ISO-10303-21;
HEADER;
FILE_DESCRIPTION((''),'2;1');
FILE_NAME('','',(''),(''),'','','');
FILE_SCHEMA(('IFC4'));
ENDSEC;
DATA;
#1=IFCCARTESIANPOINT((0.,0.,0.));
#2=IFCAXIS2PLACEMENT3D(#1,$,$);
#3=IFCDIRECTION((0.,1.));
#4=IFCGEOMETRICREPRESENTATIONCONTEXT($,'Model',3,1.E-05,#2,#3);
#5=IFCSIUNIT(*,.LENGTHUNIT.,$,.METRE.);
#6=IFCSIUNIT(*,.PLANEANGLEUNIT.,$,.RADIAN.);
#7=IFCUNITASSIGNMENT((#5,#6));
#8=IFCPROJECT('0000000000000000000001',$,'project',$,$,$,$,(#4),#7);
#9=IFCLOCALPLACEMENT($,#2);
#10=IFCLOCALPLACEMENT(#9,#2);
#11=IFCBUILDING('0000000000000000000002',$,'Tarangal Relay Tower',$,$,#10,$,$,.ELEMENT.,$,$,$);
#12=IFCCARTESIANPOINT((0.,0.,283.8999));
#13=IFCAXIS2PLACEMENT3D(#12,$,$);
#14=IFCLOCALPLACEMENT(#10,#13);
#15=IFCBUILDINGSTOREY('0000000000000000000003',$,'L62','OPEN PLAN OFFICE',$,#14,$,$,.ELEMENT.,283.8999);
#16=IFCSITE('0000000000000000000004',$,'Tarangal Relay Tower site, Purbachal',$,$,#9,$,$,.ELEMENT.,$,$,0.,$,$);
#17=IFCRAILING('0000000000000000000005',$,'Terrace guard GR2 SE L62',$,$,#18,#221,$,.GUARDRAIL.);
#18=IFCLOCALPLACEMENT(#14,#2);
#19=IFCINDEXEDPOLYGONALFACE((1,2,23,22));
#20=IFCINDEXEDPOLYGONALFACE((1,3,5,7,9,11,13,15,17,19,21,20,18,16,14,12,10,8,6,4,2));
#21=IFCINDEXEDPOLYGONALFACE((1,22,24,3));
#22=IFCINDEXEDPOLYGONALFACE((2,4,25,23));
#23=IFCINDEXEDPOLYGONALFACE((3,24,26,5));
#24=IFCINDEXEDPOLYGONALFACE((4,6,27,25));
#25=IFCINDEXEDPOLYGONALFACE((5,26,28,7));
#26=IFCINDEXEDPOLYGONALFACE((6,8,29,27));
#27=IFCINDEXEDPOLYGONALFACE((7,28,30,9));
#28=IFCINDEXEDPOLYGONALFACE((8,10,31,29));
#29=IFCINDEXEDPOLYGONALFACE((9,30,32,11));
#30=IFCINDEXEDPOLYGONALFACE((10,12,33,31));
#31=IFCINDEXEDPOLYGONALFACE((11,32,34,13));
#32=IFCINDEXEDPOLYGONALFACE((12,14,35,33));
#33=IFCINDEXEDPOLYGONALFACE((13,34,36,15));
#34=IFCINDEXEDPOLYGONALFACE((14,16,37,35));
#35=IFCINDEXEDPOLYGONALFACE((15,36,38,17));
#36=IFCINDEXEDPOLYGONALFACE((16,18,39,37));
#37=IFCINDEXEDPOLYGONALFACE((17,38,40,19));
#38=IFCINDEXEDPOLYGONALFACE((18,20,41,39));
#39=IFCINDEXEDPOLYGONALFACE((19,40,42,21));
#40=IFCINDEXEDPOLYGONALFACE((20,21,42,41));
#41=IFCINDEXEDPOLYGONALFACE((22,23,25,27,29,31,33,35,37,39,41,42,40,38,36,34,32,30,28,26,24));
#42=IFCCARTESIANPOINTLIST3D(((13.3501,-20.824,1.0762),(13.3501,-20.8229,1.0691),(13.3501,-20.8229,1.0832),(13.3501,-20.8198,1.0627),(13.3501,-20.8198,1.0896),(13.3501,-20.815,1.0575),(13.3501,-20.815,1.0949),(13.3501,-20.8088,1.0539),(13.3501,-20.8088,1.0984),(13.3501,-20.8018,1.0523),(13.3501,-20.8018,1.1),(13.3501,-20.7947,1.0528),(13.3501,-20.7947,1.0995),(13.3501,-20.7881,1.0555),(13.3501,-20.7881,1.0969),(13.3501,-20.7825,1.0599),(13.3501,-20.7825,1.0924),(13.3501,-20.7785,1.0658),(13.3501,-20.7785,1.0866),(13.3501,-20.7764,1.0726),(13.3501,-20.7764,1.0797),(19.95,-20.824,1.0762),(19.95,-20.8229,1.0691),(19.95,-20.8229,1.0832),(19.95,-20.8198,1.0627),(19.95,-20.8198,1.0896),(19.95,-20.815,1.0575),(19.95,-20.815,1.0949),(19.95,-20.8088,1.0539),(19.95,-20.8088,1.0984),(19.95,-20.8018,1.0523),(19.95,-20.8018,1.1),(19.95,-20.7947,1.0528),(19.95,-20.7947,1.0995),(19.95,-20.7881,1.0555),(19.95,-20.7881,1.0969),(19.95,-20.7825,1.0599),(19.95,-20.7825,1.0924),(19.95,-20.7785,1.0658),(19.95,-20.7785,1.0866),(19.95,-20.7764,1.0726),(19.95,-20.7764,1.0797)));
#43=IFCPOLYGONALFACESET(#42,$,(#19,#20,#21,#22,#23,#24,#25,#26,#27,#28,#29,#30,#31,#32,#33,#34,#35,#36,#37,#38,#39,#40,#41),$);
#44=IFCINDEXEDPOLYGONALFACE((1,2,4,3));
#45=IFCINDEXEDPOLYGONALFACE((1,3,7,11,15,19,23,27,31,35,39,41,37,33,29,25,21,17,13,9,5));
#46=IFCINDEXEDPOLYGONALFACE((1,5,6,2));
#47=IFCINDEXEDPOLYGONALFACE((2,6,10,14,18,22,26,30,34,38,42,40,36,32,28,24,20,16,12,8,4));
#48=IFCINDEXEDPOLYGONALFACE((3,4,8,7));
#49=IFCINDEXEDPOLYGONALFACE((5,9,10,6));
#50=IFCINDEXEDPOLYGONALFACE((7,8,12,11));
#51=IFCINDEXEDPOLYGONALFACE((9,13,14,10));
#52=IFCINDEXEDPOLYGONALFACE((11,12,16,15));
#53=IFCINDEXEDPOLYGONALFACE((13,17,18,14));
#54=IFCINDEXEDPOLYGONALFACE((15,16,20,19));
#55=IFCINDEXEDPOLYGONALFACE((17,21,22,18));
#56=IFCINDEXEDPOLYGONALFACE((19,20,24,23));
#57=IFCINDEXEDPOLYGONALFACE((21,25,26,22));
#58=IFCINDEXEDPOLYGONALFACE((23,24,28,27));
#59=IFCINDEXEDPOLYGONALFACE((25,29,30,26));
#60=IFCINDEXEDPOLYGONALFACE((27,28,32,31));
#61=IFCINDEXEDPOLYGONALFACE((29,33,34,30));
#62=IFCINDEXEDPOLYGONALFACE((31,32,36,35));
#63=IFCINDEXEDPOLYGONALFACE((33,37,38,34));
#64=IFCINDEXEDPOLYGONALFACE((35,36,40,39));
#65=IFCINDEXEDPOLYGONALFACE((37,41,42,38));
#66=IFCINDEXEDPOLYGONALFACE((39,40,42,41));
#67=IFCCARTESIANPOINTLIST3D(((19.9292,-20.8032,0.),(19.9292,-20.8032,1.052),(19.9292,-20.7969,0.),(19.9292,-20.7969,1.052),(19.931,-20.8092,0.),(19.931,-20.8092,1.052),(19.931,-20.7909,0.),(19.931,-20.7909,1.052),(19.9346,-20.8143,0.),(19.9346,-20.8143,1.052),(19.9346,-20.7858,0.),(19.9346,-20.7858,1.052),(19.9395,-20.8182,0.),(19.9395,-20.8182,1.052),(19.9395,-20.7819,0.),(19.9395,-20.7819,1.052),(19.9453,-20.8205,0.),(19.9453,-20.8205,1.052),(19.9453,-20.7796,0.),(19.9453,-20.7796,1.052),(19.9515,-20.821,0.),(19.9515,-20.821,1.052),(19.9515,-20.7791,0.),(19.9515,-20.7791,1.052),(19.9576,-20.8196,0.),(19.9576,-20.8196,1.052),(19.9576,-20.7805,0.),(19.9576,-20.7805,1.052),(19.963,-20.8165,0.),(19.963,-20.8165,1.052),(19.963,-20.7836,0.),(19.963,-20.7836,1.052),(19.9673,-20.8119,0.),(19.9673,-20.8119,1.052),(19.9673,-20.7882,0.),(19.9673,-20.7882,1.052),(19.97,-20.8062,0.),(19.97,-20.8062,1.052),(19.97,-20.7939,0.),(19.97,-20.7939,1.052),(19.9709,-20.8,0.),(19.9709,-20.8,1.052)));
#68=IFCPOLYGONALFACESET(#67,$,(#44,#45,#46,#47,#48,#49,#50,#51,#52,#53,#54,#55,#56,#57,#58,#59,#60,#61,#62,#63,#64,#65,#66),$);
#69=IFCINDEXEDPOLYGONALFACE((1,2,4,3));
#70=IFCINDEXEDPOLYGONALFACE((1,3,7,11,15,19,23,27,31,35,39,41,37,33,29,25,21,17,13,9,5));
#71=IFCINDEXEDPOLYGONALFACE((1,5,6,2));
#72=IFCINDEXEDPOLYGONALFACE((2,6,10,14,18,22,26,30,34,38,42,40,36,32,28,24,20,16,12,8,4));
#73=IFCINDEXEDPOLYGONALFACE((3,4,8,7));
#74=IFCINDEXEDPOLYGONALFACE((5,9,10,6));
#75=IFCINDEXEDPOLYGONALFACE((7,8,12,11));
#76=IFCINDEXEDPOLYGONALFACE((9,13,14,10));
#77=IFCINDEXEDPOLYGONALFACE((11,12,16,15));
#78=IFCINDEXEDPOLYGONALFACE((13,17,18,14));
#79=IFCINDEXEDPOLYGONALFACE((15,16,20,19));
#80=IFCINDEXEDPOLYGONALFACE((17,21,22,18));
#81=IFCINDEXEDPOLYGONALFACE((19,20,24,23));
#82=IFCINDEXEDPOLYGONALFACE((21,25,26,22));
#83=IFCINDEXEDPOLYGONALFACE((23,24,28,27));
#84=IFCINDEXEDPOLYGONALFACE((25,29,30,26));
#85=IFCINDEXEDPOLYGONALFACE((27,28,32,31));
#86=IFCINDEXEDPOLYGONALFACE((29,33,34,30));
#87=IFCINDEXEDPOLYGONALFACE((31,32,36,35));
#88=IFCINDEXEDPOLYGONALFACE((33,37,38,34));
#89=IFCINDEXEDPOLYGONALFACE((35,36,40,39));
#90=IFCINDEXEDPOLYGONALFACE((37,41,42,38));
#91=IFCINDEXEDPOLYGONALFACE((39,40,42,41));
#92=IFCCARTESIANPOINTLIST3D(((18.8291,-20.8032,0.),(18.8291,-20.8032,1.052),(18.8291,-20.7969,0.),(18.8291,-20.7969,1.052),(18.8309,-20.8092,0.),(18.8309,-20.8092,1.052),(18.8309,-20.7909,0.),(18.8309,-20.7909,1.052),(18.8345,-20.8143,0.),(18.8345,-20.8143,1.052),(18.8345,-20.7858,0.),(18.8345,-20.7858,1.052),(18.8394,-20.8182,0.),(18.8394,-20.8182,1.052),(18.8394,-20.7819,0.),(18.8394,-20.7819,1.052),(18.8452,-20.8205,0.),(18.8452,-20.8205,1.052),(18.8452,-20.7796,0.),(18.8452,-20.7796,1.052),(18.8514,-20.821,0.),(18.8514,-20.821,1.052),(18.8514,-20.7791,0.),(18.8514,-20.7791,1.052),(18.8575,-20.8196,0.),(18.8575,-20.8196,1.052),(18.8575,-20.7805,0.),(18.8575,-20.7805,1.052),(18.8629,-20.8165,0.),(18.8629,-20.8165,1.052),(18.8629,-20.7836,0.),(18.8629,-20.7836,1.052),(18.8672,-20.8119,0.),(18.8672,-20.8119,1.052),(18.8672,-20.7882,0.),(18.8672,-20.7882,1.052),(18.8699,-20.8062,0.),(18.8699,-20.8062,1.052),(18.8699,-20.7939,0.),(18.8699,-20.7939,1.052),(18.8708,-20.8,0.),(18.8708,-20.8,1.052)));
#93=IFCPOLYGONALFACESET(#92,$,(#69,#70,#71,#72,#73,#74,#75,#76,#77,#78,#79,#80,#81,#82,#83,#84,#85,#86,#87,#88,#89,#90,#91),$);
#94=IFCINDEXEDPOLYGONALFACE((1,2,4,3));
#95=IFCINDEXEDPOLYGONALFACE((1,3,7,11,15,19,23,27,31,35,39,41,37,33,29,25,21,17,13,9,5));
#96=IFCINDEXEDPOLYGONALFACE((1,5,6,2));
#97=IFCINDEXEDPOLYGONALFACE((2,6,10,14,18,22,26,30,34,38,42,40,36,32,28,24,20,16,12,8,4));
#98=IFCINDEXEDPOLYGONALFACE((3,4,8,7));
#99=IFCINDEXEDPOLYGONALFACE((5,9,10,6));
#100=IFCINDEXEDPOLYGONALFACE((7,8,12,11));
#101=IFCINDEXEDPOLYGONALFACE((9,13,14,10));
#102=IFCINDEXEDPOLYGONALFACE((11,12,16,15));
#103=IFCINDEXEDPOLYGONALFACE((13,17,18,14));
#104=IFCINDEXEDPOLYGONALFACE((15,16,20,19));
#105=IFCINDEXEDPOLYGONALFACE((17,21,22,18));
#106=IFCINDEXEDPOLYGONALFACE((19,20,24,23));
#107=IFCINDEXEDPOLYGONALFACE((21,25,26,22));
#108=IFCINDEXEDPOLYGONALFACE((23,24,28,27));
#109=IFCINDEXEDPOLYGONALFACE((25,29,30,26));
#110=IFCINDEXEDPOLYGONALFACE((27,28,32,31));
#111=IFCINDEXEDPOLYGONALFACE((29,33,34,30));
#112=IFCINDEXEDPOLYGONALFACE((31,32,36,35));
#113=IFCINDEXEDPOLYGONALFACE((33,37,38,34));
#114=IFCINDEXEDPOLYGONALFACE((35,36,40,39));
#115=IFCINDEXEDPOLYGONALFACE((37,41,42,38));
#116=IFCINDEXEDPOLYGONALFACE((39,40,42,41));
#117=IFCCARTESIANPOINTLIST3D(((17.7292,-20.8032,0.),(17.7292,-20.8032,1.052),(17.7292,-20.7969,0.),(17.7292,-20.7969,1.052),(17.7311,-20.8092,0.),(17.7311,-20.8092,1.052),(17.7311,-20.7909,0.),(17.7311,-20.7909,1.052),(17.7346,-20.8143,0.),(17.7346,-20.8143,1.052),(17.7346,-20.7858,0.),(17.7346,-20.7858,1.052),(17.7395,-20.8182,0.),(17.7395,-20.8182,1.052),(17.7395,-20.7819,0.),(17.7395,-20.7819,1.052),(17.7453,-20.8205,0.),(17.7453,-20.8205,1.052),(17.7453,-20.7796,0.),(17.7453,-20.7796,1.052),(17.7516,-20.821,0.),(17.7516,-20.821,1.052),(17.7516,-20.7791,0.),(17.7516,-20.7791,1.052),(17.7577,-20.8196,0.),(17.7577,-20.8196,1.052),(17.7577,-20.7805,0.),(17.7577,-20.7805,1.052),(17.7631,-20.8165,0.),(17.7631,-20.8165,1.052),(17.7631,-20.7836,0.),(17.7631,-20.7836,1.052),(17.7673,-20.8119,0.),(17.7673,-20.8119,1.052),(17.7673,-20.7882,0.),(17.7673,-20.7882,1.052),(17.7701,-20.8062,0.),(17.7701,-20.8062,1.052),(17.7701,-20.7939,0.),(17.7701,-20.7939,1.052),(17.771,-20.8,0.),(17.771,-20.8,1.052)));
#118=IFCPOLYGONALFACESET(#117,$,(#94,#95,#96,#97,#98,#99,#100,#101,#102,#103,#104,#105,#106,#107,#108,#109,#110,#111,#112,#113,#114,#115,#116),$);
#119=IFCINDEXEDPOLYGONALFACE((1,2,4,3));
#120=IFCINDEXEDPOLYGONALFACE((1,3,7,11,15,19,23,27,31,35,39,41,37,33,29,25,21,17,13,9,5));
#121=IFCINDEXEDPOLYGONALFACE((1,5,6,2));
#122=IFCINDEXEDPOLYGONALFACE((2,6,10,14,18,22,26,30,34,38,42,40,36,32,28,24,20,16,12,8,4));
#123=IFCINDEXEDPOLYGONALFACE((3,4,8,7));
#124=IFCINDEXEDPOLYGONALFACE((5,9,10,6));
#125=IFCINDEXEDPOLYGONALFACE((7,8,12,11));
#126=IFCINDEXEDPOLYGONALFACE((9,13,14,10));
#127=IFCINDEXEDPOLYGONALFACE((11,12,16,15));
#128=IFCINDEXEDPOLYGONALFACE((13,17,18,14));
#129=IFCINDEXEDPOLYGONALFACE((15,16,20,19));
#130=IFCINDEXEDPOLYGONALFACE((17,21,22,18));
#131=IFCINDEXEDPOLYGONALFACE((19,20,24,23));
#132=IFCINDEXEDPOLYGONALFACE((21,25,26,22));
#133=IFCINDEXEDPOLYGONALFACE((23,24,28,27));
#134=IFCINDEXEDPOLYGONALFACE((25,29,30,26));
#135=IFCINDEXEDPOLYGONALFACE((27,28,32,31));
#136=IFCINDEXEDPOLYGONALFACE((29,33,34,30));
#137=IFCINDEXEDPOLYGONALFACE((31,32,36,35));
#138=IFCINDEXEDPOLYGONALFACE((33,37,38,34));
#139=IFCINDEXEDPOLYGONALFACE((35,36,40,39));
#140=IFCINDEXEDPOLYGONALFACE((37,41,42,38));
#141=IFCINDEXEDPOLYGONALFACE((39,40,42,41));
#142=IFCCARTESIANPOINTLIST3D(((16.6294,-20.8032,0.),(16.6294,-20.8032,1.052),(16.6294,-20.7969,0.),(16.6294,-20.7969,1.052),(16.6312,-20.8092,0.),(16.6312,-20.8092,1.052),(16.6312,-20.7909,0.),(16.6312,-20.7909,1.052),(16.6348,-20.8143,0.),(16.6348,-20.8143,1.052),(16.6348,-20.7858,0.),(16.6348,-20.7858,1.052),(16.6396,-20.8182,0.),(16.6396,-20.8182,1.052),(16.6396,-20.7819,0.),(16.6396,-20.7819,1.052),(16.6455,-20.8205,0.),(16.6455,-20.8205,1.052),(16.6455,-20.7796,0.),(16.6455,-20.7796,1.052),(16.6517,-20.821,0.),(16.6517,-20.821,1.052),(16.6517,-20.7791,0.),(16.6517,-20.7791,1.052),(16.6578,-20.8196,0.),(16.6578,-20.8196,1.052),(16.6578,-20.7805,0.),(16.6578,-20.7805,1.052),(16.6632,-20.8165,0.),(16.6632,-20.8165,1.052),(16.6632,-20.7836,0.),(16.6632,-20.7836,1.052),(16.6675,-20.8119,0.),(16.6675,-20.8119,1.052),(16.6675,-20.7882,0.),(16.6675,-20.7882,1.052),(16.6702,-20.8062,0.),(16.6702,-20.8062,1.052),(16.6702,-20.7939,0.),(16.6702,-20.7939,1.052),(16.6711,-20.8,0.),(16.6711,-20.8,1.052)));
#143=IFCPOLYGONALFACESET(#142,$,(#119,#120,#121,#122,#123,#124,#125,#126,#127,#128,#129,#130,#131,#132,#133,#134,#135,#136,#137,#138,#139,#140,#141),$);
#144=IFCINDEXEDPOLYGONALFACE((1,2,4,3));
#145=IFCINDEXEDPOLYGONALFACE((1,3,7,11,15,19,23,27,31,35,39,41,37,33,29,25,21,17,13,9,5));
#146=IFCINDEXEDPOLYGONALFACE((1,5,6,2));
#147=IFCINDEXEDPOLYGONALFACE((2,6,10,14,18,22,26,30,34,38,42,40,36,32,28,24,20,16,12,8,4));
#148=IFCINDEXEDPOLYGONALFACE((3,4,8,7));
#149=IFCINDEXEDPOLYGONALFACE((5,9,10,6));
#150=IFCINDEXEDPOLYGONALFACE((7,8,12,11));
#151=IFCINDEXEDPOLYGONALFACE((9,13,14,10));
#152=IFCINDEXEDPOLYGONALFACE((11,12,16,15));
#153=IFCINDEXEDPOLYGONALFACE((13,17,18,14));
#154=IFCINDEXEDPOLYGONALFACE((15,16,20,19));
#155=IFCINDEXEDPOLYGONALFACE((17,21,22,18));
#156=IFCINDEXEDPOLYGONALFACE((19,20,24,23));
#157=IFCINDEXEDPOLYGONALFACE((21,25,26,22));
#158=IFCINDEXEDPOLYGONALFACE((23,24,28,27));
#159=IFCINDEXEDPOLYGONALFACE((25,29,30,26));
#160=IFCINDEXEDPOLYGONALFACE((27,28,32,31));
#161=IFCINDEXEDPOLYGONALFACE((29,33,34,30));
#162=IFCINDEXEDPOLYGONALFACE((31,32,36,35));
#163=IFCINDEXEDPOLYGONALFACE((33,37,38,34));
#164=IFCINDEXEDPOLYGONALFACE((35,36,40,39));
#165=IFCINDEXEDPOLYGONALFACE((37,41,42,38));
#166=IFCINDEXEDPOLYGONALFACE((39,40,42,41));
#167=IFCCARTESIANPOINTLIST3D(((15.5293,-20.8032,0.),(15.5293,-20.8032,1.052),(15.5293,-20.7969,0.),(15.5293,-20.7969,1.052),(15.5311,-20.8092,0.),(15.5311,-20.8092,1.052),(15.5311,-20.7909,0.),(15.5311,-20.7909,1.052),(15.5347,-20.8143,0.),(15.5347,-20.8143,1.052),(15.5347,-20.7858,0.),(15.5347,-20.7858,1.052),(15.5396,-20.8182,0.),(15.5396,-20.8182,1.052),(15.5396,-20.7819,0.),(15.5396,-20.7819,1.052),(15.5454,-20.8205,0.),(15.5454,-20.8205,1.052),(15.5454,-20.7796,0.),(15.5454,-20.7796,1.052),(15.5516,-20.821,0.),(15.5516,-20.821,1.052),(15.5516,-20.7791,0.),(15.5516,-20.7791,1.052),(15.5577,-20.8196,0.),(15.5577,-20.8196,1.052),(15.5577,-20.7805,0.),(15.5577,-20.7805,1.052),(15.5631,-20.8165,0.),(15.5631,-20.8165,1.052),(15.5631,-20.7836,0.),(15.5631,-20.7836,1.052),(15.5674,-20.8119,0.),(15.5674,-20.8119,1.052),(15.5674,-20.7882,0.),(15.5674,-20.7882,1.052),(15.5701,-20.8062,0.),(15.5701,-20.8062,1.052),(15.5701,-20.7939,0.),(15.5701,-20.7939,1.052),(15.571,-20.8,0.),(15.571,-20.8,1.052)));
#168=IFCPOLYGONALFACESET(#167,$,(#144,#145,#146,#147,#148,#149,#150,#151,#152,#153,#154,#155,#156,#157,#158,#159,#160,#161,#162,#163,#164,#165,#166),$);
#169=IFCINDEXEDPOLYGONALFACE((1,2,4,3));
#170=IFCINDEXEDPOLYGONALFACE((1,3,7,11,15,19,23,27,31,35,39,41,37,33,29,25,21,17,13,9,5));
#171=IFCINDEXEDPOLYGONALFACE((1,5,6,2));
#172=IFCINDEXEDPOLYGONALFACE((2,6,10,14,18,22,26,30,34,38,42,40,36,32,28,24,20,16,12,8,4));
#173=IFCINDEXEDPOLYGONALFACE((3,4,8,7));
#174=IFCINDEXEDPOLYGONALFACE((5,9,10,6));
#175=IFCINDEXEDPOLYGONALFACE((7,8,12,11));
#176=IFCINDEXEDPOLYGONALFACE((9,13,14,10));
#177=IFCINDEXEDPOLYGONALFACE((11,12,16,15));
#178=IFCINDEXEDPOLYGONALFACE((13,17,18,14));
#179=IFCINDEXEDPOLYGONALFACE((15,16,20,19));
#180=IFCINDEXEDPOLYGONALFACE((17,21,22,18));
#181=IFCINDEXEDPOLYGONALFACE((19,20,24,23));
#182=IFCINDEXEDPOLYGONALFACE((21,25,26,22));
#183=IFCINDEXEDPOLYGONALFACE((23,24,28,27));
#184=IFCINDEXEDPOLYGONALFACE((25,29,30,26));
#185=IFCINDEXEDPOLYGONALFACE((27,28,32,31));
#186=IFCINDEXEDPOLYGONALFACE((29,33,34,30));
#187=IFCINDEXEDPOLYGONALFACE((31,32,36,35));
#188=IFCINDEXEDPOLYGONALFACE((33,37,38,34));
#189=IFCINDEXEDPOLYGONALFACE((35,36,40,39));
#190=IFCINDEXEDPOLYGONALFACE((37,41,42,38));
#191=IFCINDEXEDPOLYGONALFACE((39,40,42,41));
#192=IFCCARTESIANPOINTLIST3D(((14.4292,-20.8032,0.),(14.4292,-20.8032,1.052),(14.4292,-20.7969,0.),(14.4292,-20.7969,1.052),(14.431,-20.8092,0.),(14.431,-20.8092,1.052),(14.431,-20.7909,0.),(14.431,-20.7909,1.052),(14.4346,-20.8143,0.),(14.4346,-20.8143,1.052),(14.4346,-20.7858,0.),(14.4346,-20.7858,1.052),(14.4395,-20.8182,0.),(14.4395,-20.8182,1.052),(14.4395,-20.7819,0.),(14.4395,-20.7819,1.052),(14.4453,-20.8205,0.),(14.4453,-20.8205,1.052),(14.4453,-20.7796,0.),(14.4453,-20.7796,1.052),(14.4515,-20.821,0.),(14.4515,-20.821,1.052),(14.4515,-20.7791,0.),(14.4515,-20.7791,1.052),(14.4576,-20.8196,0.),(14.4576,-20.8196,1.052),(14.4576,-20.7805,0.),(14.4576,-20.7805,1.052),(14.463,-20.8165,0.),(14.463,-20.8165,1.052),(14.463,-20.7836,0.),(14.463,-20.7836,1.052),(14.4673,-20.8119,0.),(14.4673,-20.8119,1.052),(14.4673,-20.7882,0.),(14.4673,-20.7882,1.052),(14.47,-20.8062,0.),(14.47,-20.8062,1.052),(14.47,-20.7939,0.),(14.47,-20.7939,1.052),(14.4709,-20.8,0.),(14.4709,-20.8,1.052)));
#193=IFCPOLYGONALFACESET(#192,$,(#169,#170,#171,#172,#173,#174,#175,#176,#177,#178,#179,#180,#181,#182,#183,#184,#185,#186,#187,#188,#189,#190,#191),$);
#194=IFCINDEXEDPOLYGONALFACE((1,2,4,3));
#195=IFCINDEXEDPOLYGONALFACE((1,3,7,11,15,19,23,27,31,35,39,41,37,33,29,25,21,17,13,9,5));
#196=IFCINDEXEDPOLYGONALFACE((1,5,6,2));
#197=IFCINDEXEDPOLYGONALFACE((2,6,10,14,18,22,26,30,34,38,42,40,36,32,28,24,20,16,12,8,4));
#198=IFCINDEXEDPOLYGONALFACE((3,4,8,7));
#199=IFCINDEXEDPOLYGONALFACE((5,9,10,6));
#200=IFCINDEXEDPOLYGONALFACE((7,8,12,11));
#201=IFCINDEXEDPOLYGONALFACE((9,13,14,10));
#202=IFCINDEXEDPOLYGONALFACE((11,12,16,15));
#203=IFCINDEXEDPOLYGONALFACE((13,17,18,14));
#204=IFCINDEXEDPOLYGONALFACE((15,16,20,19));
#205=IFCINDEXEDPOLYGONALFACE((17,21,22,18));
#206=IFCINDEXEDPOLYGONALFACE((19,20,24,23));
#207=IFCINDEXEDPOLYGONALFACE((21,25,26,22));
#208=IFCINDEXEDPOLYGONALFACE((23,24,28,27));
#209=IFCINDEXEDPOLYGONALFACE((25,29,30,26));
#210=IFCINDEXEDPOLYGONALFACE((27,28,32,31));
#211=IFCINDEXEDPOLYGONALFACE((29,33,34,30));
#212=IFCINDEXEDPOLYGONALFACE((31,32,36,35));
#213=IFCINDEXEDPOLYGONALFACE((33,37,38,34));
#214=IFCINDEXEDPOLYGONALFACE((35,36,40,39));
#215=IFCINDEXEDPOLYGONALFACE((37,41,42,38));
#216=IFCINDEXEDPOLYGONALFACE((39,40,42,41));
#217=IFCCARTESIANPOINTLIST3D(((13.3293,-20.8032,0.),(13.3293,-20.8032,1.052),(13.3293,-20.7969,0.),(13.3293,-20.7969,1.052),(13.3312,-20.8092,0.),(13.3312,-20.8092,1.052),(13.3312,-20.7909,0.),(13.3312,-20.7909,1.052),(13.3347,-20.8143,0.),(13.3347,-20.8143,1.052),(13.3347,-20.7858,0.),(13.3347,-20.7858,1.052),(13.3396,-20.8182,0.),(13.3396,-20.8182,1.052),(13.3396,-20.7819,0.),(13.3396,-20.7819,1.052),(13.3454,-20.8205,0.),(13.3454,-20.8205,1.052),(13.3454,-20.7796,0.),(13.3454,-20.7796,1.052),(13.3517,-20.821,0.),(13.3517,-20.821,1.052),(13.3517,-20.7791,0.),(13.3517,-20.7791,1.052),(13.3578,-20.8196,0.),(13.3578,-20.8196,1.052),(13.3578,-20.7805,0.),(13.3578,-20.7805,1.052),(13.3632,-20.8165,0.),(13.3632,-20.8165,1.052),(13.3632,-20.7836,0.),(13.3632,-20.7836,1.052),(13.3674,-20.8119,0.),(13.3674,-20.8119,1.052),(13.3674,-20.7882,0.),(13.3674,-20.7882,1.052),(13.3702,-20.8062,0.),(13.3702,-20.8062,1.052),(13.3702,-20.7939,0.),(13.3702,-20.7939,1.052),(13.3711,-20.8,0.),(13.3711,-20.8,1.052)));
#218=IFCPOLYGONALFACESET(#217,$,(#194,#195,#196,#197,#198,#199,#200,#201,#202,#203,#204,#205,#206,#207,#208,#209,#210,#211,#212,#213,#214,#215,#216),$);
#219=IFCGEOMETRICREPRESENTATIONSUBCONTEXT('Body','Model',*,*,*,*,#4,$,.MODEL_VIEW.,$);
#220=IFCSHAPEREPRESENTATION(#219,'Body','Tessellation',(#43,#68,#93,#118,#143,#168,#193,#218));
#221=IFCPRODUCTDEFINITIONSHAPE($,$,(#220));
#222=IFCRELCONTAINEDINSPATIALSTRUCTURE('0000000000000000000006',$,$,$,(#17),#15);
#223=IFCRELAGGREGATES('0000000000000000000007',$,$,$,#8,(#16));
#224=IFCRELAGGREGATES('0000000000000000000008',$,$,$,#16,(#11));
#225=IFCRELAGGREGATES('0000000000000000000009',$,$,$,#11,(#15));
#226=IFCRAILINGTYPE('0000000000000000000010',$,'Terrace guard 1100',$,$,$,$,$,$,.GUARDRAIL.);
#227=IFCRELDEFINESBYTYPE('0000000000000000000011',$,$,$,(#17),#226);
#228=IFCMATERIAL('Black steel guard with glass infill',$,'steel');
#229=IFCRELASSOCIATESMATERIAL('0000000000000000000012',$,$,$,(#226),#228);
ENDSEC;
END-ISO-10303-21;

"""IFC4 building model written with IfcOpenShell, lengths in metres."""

from ifc_helpers import new_model, si_unit, direction, frame, origin, origin_2d, place, context, subcontext, project, spatial, circle, extrude, material, type_object, element, save


model = new_model("IFC4")

# Units and contexts
model_context = context("Model", 3, precision=1e-05, world=origin(), true_north=direction((0.0, 1.0)))
body_context = subcontext(model_context, "Body", "Model", "MODEL_VIEW")
ifc_project = project(units=[si_unit("LENGTHUNIT", "METRE"), si_unit("PLANEANGLEUNIT", "RADIAN")], contexts=[model_context])

# Site, building, storey
site_placement = place(None, origin())
site = spatial("IfcSite", under=ifc_project, at=site_placement, Name="Tarangal Relay Tower site, Purbachal", CompositionType="ELEMENT", RefElevation=0.0)
building_placement = place(site_placement, origin())
building = spatial("IfcBuilding", under=site, at=building_placement, Name="Tarangal Relay Tower", CompositionType="ELEMENT")
storey_placement = place(building_placement, frame((0.0, 0.0, 283.8999)))
storey = spatial("IfcBuildingStorey", under=building, at=storey_placement, Name="L62", Description="OPEN PLAN OFFICE", CompositionType="ELEMENT", Elevation=283.8999)

# Railing
ifc_material_1 = material(Name="Black steel guard with glass infill", Category="steel")
railing_type = type_object("IfcRailingType", Name="Terrace guard 1100", PredefinedType="GUARDRAIL", material=ifc_material_1)
railing_1_placement = place(storey_placement, frame((19.95, -20.8, 0.0)))
element("IfcRailing", 1, at=railing_1_placement, inside=storey, type_object=railing_type, Name="Terrace guard GR2 SE L62", PredefinedType="GUARDRAIL", context=body_context, shape_type="SweptSolid", body=[
    extrude(circle(Radius=0.0239, at=origin_2d()), frame((0.0, 0.0, 1.0762), z_axis=(-1.0, 0.0, 0.0), x_axis=(0.0, -1.0, 0.0)), (0.0, 0.0, 1.0), 6.5999),
    extrude(circle(Radius=0.021, at=origin_2d()), origin(), (0.0, 0.0, 1.0), 1.052),
    extrude(circle(Radius=0.021, at=origin_2d()), frame((-1.1001, 0.0, 0.0)), (0.0, 0.0, 1.0), 1.052),
    extrude(circle(Radius=0.021, at=origin_2d()), frame((-2.2, 0.0, 0.0)), (0.0, 0.0, 1.0), 1.052),
    extrude(circle(Radius=0.021, at=origin_2d()), frame((-3.2998, 0.0, 0.0)), (0.0, 0.0, 1.0), 1.052),
    extrude(circle(Radius=0.021, at=origin_2d()), frame((-4.3999, 0.0, 0.0)), (0.0, 0.0, 1.0), 1.052),
    extrude(circle(Radius=0.021, at=origin_2d()), frame((-5.5, 0.0, 0.0)), (0.0, 0.0, 1.0), 1.052),
    extrude(circle(Radius=0.021, at=origin_2d()), frame((-6.5999, 0.0, 0.0)), (0.0, 0.0, 1.0), 1.052),
])

save(model, "model.ifc")
